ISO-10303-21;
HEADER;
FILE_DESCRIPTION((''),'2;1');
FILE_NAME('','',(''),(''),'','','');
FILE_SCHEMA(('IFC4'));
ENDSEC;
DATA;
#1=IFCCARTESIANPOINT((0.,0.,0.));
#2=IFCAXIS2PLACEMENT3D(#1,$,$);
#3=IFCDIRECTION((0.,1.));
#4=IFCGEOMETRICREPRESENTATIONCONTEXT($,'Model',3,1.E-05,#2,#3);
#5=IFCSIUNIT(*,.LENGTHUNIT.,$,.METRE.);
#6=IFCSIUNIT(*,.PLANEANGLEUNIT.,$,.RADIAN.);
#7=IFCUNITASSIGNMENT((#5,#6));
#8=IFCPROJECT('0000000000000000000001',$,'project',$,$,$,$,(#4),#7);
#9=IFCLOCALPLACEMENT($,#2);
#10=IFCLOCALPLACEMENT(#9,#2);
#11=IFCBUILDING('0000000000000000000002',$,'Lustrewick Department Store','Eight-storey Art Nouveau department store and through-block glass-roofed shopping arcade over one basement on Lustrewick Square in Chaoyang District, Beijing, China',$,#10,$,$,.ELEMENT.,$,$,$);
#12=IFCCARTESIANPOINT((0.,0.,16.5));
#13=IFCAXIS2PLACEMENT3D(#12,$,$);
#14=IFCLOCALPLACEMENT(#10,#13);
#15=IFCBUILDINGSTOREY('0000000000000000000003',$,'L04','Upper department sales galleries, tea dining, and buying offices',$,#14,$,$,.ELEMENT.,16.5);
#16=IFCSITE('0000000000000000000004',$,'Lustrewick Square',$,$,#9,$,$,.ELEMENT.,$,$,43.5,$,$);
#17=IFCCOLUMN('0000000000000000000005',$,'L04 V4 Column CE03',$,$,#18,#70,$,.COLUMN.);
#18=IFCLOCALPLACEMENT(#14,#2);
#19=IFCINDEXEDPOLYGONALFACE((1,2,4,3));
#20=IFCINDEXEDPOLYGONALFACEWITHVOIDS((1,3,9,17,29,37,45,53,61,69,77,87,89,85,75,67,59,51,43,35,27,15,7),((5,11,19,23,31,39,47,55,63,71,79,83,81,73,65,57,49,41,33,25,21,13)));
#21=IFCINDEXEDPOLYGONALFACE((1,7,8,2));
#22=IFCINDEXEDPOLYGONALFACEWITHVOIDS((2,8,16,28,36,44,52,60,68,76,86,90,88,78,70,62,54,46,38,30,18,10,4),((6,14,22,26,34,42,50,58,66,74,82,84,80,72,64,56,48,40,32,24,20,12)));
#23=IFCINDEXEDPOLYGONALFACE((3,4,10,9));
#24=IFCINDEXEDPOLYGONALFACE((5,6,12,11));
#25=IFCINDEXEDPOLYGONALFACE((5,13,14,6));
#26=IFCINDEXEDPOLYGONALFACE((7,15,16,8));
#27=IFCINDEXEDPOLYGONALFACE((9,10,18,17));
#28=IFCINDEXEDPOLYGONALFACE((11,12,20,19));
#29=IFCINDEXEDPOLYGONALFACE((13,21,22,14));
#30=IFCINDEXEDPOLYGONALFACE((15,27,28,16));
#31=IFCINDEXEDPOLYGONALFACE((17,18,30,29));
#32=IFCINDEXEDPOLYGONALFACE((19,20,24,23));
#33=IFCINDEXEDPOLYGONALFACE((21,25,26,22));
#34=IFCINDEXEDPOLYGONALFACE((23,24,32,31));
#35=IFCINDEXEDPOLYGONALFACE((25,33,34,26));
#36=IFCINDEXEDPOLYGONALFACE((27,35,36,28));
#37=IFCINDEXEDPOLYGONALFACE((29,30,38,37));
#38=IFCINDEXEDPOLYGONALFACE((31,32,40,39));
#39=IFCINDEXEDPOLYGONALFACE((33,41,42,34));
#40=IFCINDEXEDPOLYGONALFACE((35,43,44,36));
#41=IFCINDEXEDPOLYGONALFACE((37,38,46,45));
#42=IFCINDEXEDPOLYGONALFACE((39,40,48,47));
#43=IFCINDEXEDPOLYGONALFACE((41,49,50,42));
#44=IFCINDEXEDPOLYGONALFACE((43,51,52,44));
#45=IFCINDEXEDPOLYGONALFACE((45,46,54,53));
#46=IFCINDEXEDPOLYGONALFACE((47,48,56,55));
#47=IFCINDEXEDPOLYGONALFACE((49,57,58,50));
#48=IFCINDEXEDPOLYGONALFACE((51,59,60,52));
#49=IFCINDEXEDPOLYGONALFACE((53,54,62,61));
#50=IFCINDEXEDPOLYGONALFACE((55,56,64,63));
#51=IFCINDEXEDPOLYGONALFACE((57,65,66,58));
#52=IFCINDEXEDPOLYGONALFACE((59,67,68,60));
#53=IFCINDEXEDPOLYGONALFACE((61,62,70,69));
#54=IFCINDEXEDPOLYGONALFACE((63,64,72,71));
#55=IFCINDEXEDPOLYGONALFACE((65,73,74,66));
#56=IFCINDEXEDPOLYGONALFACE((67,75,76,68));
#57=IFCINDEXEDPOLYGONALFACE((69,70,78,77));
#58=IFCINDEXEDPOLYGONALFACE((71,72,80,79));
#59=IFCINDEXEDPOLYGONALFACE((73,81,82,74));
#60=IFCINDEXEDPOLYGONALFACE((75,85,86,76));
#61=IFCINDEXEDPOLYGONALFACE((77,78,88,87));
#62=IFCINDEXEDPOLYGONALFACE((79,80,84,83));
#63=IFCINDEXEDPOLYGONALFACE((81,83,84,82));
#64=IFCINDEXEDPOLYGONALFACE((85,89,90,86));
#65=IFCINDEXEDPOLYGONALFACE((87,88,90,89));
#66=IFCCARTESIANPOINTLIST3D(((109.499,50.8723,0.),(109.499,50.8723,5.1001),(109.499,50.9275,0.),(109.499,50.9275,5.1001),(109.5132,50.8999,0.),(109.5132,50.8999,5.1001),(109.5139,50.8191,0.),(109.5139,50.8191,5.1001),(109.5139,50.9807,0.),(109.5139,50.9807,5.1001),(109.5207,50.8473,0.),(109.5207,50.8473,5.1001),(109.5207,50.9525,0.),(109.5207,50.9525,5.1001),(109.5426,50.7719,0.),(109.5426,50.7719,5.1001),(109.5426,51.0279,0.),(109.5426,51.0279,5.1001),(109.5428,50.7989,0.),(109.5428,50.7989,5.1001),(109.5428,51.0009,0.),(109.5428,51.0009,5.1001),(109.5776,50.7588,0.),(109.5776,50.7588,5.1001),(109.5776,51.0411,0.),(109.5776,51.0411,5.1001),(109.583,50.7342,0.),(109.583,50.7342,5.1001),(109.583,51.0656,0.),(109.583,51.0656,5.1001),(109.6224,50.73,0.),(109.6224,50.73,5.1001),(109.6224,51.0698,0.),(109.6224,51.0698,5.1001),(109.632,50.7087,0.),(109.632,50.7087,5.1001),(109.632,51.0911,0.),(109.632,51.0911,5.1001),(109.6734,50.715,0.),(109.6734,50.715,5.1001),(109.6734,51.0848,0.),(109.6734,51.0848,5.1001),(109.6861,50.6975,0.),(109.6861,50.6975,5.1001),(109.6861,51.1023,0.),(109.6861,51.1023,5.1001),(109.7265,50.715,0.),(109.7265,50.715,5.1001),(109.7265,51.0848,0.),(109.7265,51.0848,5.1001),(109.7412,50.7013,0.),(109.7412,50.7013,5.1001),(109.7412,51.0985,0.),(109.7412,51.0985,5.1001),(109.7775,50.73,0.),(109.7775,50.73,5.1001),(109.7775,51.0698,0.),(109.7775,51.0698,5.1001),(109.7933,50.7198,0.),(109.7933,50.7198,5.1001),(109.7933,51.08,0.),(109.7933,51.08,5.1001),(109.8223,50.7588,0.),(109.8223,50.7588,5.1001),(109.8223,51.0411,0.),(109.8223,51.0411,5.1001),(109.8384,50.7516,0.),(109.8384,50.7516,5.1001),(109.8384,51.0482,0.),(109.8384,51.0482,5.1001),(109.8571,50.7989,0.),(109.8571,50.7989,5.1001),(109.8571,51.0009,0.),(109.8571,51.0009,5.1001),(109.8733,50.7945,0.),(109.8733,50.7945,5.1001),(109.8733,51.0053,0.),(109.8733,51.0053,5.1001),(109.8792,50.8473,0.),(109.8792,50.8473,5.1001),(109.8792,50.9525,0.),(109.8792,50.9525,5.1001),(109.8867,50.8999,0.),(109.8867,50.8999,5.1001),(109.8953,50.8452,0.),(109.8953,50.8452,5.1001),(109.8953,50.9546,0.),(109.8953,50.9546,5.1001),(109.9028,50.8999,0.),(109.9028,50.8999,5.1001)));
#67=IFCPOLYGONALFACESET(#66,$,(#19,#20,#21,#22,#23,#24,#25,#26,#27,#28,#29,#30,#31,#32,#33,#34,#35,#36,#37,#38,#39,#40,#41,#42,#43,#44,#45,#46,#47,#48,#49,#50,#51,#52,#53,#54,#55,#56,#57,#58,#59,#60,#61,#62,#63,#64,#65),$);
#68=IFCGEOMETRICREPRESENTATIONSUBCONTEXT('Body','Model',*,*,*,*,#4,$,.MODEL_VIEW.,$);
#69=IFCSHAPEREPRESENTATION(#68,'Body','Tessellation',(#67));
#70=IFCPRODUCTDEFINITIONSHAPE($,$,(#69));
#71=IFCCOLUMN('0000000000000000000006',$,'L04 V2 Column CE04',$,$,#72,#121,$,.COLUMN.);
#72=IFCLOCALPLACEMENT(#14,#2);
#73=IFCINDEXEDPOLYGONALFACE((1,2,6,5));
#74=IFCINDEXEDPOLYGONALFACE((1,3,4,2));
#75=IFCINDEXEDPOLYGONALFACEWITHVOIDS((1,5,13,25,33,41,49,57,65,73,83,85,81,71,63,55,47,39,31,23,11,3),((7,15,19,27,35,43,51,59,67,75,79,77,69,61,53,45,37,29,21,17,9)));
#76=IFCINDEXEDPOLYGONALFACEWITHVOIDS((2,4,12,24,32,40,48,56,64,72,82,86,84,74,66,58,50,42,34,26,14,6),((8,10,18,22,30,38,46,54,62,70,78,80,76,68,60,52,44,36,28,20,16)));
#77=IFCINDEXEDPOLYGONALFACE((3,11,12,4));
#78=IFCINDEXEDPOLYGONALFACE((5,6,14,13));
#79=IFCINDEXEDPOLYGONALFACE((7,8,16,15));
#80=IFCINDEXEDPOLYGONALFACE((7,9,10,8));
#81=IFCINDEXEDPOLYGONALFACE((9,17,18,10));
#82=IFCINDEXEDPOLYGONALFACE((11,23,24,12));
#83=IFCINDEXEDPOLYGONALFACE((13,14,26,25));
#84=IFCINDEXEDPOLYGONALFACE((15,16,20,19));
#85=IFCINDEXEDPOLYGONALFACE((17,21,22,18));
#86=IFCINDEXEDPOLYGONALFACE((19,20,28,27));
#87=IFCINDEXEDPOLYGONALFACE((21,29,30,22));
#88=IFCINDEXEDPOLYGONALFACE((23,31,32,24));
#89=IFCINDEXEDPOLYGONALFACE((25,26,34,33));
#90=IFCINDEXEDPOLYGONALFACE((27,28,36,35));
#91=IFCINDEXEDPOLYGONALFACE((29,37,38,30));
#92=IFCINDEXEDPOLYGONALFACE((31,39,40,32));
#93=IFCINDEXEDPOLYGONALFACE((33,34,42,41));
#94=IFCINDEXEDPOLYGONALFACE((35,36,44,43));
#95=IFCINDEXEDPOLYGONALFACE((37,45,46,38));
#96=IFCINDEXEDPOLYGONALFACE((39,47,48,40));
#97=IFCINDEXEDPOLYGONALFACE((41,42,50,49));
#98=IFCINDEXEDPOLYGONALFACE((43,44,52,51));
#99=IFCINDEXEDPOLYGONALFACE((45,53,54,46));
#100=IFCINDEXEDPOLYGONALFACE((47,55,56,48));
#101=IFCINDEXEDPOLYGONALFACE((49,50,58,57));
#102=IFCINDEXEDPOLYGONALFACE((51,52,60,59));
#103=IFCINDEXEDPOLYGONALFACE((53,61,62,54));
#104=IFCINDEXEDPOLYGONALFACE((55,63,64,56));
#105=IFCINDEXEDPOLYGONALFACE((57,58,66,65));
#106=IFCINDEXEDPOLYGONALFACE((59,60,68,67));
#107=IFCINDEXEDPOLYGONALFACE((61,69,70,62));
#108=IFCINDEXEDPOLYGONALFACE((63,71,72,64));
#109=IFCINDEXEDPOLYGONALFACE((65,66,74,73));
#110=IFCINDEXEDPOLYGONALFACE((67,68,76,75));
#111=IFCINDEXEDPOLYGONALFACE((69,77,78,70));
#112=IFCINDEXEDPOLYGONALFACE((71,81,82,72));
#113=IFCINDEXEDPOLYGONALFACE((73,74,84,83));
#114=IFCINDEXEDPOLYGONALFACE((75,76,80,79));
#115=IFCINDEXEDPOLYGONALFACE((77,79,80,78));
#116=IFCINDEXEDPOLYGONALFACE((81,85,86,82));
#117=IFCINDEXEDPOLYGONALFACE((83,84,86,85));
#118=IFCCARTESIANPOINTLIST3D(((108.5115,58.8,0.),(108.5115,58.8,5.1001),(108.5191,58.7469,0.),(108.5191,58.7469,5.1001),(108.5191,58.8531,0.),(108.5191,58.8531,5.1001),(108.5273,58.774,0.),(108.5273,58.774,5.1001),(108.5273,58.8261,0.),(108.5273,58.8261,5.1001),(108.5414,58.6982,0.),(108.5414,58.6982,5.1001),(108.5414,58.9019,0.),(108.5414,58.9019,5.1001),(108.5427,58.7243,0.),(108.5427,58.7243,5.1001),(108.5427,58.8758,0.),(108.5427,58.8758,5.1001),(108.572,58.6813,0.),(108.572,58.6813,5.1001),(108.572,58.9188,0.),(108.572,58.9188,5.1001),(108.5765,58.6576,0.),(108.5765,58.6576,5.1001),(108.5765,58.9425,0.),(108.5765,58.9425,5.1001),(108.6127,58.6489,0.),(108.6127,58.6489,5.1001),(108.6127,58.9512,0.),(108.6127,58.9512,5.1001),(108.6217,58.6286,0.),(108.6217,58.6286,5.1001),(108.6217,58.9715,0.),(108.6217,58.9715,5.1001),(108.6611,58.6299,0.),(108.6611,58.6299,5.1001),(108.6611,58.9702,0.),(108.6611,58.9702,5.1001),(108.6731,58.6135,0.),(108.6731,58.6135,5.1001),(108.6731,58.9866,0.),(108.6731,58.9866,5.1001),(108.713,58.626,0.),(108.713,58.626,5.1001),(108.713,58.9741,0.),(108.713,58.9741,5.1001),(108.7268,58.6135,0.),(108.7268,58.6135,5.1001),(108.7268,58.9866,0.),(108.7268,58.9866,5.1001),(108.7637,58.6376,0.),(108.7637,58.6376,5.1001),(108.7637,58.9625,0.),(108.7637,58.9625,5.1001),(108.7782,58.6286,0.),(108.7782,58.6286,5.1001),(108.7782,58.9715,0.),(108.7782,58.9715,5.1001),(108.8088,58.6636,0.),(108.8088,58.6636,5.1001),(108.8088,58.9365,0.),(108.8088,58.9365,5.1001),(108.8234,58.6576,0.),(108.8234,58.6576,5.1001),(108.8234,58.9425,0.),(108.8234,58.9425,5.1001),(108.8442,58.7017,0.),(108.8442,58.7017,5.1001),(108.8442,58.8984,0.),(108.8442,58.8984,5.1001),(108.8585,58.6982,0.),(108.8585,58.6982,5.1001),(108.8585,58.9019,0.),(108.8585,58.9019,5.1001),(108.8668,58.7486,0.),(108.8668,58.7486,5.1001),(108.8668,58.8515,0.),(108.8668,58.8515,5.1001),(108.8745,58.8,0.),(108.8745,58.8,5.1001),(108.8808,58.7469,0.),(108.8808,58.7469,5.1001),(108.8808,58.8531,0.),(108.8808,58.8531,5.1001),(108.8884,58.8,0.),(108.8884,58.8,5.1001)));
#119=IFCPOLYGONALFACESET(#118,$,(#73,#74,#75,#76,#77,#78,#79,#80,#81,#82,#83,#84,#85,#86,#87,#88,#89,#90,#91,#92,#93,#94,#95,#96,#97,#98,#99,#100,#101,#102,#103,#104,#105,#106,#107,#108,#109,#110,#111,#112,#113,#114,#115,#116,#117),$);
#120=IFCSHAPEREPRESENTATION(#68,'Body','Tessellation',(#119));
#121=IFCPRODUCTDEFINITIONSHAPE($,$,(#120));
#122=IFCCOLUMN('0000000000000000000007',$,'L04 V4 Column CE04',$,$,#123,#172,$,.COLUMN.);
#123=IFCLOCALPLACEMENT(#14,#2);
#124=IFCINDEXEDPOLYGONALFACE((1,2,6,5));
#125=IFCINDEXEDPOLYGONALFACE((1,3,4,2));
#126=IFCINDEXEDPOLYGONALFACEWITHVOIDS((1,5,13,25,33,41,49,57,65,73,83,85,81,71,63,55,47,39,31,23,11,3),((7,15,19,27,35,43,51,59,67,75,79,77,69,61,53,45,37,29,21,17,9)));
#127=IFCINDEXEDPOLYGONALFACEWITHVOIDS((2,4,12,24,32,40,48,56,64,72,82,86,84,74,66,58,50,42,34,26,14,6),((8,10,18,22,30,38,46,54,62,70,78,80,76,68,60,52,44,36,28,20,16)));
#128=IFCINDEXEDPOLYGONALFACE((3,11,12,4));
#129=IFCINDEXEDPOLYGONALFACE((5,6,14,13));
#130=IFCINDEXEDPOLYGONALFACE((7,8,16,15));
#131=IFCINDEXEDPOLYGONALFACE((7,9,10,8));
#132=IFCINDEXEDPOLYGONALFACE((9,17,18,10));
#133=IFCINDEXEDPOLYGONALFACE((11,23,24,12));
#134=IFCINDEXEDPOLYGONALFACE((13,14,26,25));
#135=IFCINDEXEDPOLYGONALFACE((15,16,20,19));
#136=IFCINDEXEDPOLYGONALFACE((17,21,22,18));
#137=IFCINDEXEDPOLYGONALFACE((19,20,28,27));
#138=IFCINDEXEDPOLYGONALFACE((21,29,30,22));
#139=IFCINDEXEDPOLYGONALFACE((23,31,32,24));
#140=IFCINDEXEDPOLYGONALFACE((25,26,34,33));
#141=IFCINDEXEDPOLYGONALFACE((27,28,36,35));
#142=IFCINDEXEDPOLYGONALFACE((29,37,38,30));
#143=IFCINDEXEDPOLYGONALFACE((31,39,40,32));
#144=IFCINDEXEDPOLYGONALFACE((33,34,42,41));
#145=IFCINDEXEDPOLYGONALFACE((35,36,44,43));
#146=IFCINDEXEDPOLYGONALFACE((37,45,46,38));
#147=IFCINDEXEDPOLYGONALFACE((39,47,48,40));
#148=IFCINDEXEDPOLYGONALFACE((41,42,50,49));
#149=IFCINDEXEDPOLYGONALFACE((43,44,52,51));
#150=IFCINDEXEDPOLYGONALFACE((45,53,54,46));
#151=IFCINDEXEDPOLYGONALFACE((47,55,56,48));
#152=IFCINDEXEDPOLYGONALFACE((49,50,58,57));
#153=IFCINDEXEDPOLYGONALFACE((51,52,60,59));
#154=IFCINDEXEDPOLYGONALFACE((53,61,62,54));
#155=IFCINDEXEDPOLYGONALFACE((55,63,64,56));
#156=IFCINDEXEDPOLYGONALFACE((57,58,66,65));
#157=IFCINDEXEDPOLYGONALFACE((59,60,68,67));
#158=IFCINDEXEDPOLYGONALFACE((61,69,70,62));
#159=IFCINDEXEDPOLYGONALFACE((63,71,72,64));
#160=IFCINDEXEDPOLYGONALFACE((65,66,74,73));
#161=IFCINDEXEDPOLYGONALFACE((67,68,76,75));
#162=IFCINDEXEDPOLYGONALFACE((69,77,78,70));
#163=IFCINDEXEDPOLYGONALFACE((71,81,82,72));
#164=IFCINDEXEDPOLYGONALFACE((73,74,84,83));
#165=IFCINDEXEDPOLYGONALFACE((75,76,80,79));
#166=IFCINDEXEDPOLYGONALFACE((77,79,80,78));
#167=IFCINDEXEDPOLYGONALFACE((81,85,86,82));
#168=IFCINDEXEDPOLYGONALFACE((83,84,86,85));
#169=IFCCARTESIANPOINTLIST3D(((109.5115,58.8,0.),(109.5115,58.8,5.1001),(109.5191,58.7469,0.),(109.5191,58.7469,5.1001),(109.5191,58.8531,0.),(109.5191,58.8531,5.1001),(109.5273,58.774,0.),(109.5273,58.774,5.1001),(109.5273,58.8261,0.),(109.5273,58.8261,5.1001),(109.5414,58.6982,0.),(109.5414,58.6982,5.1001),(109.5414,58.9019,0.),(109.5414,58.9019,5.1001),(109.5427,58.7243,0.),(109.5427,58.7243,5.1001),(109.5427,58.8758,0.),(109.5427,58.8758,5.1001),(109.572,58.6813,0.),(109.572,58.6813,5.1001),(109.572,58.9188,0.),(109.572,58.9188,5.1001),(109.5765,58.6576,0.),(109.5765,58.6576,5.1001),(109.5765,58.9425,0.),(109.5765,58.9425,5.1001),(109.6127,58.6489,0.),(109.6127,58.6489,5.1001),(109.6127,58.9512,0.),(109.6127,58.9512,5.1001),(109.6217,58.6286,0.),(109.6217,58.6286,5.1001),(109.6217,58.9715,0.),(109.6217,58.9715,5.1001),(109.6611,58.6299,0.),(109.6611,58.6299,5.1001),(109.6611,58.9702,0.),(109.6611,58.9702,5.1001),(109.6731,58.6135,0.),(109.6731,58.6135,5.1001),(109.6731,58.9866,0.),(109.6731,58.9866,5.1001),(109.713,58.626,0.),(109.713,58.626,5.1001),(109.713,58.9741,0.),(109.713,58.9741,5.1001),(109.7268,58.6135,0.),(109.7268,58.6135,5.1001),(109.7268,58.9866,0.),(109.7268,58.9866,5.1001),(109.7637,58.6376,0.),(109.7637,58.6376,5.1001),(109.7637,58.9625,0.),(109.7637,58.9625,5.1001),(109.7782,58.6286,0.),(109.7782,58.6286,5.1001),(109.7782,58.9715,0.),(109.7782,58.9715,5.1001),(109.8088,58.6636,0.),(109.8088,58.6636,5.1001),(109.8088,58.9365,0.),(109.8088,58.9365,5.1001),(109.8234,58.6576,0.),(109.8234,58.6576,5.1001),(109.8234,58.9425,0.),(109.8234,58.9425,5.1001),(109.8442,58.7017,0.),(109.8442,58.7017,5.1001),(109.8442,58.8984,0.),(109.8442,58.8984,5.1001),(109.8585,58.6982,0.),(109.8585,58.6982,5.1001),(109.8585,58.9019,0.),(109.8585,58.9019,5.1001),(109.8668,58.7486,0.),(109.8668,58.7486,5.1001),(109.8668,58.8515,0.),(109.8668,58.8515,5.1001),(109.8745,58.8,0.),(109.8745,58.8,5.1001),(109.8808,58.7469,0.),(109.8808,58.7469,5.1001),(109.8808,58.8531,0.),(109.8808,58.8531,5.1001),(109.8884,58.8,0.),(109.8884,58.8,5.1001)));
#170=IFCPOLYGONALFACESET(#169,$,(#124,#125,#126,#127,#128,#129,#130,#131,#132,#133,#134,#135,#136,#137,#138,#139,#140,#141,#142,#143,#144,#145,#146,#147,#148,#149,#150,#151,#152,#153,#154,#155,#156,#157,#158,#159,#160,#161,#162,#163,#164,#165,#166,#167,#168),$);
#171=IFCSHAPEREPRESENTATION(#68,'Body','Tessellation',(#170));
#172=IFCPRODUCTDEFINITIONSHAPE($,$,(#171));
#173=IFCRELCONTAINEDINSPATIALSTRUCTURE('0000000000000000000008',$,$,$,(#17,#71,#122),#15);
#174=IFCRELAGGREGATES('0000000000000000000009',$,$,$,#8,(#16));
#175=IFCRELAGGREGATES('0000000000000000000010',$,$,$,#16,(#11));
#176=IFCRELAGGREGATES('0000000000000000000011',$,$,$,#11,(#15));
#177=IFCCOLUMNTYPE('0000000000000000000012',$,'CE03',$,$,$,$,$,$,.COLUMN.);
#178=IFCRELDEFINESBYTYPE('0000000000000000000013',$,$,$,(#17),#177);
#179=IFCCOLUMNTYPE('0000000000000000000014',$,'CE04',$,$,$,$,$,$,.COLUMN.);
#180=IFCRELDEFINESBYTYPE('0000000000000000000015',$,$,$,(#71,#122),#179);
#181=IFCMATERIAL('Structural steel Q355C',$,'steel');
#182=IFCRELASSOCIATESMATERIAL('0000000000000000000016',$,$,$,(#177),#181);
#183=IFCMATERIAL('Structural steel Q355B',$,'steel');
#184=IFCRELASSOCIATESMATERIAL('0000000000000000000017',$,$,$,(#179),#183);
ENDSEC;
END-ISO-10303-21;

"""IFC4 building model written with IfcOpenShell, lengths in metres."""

from ifc_helpers import new_model, si_unit, direction, frame, origin, origin_2d, place, context, subcontext, project, spatial, hollow_circle, extrude, material, material_profile, profile_set, type_object, element, save


model = new_model("IFC4")

# Units and contexts
model_context = context("Model", 3, precision=1e-05, world=origin(), true_north=direction((0.0, 1.0)))
body_context = subcontext(model_context, "Body", "Model", "MODEL_VIEW")
ifc_project = project(units=[si_unit("LENGTHUNIT", "METRE"), si_unit("PLANEANGLEUNIT", "RADIAN")], contexts=[model_context])

# Site, building, storey
site_placement = place(None, origin())
site = spatial("IfcSite", under=ifc_project, at=site_placement, Name="Lustrewick Square", CompositionType="ELEMENT", RefElevation=43.5)
building_placement = place(site_placement, origin())
building = spatial("IfcBuilding", under=site, at=building_placement, Name="Lustrewick Department Store", Description="Eight-storey Art Nouveau department store and through-block glass-roofed shopping arcade over one basement on Lustrewick Square in Chaoyang District, Beijing, China", CompositionType="ELEMENT")
storey_placement = place(building_placement, frame((0.0, 0.0, 16.5)))
storey = spatial("IfcBuildingStorey", under=building, at=storey_placement, Name="L04", Description="Upper department sales galleries, tea dining, and buying offices", CompositionType="ELEMENT", Elevation=16.5)

# Columns
ifc_material_1 = material(Name="Structural steel Q355C", Category="steel")
ifc_material_profile_1 = material_profile(ifc_material_1, hollow_circle(Radius=0.2029, WallThickness=0.0161, at=origin_2d()), Name="CHS 406x16")
ifc_profile_set_1 = profile_set([ifc_material_profile_1], Name="Structural steel Q355C")
column_type_1 = type_object("IfcColumnType", Name="CE03", PredefinedType="COLUMN", material=ifc_profile_set_1)
column_placement = place(storey_placement, frame((109.7, 50.8999, 0.0), z_axis=(0.0, 0.0, 1.0), x_axis=(1.0, 0.0, 0.0)))
element("IfcColumn", 1, at=column_placement, inside=storey, type_object=column_type_1, Name="L04 V4 Column CE03", PredefinedType="COLUMN", context=body_context, shape_type="SweptSolid", body=[
    extrude(hollow_circle(Radius=0.2029, WallThickness=0.0161, at=origin_2d()), origin(), (0.0, 0.0, 1.0), 5.1001),
])
ifc_material_2 = material(Name="Structural steel Q355B", Category="steel")
ifc_material_profile_2 = material_profile(ifc_material_2, hollow_circle(Radius=0.1885, WallThickness=0.0139, at=origin_2d()), Name="CHS 377x14")
ifc_profile_set_2 = profile_set([ifc_material_profile_2], Name="Structural steel Q355B")
column_type_2 = type_object("IfcColumnType", Name="CE04", PredefinedType="COLUMN", material=ifc_profile_set_2)
for number, where, z_axis, x_axis, name in (
    (2, (108.7, 58.8, 0.0), (0.0, 0.0, 1.0), (1.0, 0.0, 0.0), "L04 V2 Column CE04"),
    (3, (109.7, 58.8, 0.0), (0.0, 0.0, 1.0), (1.0, 0.0, 0.0), "L04 V4 Column CE04"),
):
    element("IfcColumn", number, at=place(storey_placement, frame(where, z_axis=z_axis, x_axis=x_axis)), inside=storey, type_object=column_type_2, Name=name, PredefinedType="COLUMN", context=body_context, shape_type="SweptSolid", body=[
        extrude(hollow_circle(Radius=0.1885, WallThickness=0.0139, at=origin_2d()), origin(), (0.0, 0.0, 1.0), 5.1001),
    ])

save(model, "model.ifc")
